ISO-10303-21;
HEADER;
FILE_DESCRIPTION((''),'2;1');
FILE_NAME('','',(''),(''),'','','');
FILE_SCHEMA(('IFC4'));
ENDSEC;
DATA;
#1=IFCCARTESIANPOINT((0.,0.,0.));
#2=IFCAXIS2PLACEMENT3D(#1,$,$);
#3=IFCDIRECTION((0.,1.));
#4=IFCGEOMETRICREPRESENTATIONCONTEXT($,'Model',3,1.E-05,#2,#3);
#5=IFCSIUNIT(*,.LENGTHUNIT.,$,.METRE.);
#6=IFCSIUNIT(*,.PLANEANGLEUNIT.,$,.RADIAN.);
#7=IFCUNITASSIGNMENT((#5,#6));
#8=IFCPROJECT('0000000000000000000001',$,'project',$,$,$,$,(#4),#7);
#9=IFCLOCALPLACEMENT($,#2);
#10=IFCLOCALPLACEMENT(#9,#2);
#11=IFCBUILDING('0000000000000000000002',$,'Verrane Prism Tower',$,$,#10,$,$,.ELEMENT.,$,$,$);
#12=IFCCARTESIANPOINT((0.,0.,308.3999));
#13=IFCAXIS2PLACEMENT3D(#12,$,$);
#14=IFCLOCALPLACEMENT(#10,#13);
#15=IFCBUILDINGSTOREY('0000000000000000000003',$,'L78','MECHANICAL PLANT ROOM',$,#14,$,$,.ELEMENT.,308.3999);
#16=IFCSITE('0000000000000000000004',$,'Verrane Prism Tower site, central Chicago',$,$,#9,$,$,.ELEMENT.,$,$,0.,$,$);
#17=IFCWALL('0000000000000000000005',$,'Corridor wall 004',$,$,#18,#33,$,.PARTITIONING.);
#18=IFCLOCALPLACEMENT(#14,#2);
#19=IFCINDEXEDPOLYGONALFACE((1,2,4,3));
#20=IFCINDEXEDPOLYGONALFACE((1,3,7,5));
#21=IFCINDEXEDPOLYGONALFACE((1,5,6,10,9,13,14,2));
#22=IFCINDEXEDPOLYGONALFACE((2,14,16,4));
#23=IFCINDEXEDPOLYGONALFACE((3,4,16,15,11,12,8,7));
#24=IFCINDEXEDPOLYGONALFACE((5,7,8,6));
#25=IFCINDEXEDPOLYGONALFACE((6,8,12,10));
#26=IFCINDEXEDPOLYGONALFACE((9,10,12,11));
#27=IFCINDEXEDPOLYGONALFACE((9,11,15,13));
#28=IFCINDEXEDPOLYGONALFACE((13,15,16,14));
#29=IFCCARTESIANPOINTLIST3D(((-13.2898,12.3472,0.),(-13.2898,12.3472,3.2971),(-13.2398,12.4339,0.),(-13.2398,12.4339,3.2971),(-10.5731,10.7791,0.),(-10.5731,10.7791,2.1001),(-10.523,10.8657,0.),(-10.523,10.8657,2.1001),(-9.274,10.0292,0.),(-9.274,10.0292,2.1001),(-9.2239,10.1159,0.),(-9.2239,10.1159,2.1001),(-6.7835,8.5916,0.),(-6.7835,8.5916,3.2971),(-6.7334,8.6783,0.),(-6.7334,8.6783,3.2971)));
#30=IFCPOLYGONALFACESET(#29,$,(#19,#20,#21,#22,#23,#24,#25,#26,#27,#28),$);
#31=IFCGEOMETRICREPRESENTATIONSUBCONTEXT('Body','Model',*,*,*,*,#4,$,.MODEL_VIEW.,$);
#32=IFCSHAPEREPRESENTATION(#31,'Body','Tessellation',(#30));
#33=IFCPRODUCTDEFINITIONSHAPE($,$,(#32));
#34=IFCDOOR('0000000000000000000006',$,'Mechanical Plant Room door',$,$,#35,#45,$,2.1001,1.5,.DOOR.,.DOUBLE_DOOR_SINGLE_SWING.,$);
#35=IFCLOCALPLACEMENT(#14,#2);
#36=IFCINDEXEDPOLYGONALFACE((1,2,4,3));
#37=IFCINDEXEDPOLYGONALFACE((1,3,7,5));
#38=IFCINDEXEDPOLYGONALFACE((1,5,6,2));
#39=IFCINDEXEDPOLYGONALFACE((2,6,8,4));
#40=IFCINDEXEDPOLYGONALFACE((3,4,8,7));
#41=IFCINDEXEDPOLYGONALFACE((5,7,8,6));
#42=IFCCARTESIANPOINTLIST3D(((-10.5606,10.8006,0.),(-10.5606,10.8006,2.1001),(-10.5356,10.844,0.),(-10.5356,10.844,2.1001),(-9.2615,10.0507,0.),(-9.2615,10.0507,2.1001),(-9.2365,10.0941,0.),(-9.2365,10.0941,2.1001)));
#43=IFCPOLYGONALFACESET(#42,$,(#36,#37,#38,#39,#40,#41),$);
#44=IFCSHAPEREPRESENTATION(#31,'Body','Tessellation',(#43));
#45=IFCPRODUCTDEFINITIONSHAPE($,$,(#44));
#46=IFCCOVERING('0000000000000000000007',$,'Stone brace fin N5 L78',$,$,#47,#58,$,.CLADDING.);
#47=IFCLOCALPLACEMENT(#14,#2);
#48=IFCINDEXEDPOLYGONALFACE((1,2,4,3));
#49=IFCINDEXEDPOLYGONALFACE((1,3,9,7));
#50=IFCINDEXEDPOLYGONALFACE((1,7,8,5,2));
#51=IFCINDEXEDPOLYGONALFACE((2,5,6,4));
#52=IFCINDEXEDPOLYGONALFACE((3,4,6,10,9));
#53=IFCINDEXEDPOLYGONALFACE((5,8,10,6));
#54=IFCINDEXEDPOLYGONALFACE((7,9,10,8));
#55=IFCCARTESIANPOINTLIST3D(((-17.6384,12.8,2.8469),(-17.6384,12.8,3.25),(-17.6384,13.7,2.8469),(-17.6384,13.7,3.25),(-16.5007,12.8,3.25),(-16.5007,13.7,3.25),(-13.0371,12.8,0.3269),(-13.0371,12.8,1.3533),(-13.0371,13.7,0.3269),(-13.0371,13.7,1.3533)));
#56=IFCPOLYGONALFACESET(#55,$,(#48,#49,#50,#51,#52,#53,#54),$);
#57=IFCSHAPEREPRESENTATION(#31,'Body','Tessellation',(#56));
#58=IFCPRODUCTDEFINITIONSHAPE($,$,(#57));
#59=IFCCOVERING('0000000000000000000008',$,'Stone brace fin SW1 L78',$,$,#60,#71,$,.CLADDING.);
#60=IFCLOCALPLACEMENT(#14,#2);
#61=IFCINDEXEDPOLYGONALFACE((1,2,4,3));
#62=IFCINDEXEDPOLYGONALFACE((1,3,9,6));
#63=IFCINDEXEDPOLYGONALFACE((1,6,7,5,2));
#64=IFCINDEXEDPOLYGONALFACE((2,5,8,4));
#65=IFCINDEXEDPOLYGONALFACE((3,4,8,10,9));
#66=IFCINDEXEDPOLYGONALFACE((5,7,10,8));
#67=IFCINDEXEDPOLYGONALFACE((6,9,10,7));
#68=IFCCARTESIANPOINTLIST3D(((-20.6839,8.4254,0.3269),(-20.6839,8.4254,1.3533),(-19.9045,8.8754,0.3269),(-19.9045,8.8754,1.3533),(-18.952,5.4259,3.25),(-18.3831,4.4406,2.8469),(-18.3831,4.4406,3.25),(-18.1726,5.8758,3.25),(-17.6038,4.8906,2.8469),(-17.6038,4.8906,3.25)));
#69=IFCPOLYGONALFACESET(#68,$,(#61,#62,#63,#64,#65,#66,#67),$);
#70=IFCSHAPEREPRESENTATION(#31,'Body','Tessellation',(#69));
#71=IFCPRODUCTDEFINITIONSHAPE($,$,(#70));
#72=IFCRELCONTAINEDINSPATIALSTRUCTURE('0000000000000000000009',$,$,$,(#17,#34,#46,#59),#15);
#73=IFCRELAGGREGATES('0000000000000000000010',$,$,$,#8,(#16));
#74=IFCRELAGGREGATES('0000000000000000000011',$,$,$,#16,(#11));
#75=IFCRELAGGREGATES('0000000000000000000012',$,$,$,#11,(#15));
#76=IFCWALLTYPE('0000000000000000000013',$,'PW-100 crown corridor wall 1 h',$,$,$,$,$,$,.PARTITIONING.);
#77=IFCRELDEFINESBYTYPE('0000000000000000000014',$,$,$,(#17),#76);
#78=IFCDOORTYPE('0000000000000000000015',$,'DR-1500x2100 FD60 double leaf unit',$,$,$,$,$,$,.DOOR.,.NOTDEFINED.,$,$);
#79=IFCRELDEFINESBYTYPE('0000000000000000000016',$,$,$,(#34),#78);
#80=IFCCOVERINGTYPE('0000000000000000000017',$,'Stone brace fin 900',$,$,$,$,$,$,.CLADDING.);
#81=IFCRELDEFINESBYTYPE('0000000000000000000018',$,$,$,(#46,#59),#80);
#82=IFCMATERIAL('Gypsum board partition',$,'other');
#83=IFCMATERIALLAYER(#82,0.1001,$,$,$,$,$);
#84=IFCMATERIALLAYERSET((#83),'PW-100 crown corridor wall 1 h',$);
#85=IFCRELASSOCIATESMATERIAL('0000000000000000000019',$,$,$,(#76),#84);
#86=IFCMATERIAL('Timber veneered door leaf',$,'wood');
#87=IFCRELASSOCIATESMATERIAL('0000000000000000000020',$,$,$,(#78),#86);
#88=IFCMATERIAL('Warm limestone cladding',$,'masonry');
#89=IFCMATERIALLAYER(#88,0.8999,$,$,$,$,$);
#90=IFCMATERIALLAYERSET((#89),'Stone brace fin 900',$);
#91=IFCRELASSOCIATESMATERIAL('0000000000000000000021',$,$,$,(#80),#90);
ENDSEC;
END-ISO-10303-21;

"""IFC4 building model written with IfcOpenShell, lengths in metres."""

from ifc_helpers import new_model, si_unit, direction, frame, frame_2d, origin, place, context, subcontext, project, spatial, polyline, rectangle, outline, extrude, material, layer, layer_set, type_object, element, fill, save


model = new_model("IFC4")

# Units and contexts
model_context = context("Model", 3, precision=1e-05, world=origin(), true_north=direction((0.0, 1.0)))
body_context = subcontext(model_context, "Body", "Model", "MODEL_VIEW")
ifc_project = project(units=[si_unit("LENGTHUNIT", "METRE"), si_unit("PLANEANGLEUNIT", "RADIAN")], contexts=[model_context])

# Site, building, storey
site_placement = place(None, origin())
site = spatial("IfcSite", under=ifc_project, at=site_placement, Name="Verrane Prism Tower site, central Chicago", CompositionType="ELEMENT", RefElevation=0.0)
building_placement = place(site_placement, origin())
building = spatial("IfcBuilding", under=site, at=building_placement, Name="Verrane Prism Tower", CompositionType="ELEMENT")
storey_placement = place(building_placement, frame((0.0, 0.0, 308.3999)))
storey = spatial("IfcBuildingStorey", under=building, at=storey_placement, Name="L78", Description="MECHANICAL PLANT ROOM", CompositionType="ELEMENT", Elevation=308.3999)

# Wall, opening, door
ifc_material_1 = material(Name="Gypsum board partition", Category="other")
ifc_layer_1 = layer(ifc_material_1, 0.1001)
ifc_layer_set_1 = layer_set([ifc_layer_1], Name="PW-100 crown corridor wall 1 h")
wall_type_1 = type_object("IfcWallType", Name="PW-100 crown corridor wall 1 h", PredefinedType="PARTITIONING", material=ifc_layer_set_1)
wall_1_placement = place(storey_placement, frame((-13.2649, 12.3906, 0.0), z_axis=(0.0, 0.0, 1.0), x_axis=(0.866073, -0.499918, 0.0)))
wall_1 = element("IfcWall", 1, at=wall_1_placement, inside=storey, type_object=wall_type_1, Name="Corridor wall 004", PredefinedType="PARTITIONING", context=body_context, shape_type="SweptSolid", body=[
    extrude(rectangle(XDim=7.5125, YDim=0.1001, at=frame_2d((3.7563, 0.0))), origin(), (0.0, 0.0, 1.0), 3.2971),
])
opening_1_placement = place(wall_1_placement, frame((3.137, 0.0, 0.0)))
opening_1 = element("IfcOpeningElement", 2, at=opening_1_placement, cuts=wall_1, PredefinedType="OPENING", context=body_context, shape_type="SweptSolid", body=[
    extrude(rectangle(XDim=1.5, YDim=2.1001, at=frame_2d((0.75, 1.05))), frame((0.0, 0.0601, 0.0), z_axis=(0.0, -1.0, 0.0), x_axis=(1.0, 0.0, 0.0)), (0.0, 0.0, 1.0), 0.1201),
])
ifc_material_2 = material(Name="Timber veneered door leaf", Category="wood")
door_type_1 = type_object("IfcDoorType", Name="DR-1500x2100 FD60 double leaf unit", OperationType="NOTDEFINED", PredefinedType="DOOR", material=ifc_material_2)
door_1_placement = place(opening_1_placement, origin())
door_1 = element("IfcDoor", 3, at=door_1_placement, inside=storey, type_object=door_type_1, Name="Mechanical Plant Room door", OperationType="DOUBLE_DOOR_SINGLE_SWING", OverallHeight=2.1001, OverallWidth=1.5, PredefinedType="DOOR", context=body_context, shape_type="SweptSolid", body=[
    extrude(rectangle(XDim=1.5, YDim=2.1001, at=frame_2d((0.75, 1.05))), frame((0.0, 0.0249, 0.0), z_axis=(0.0, -1.0, 0.0), x_axis=(1.0, 0.0, 0.0)), (0.0, 0.0, 1.0), 0.05),
])
fill(opening_1, door_1)

# Coverings
ifc_material_3 = material(Name="Warm limestone cladding", Category="masonry")
ifc_layer_2 = layer(ifc_material_3, 0.8999)
ifc_layer_set_2 = layer_set([ifc_layer_2], Name="Stone brace fin 900")
covering_type = type_object("IfcCoveringType", Name="Stone brace fin 900", PredefinedType="CLADDING", material=ifc_layer_set_2)
for number, where, z_axis, x_axis, name in (
    (4, (-13.0371, 13.25, 0.3269), (0.0, 0.0, 1.0), (-1.0, 0.0, 0.0), "Stone brace fin N5 L78"),
    (5, (-20.2942, 8.6504, 0.3269), (0.0, 0.0, 1.0), (0.500019, -0.866014, 0.0), "Stone brace fin SW1 L78"),
):
    element("IfcCovering", number, at=place(storey_placement, frame(where, z_axis=z_axis, x_axis=x_axis)), inside=storey, type_object=covering_type, Name=name, PredefinedType="CLADDING", context=body_context, shape_type="SweptSolid", body=[
        extrude(outline(polyline([(4.6013, 2.9231), (3.4636, 2.9231), (0.0, 1.0264), (0.0, 0.0), (4.6013, 2.52), (4.6013, 2.9231)])), frame((0.0, 0.45, 0.0), z_axis=(0.0, -1.0, 0.0), x_axis=(1.0, 0.0, 0.0)), (0.0, 0.0, 1.0), 0.8999),
    ])

save(model, "model.ifc")
